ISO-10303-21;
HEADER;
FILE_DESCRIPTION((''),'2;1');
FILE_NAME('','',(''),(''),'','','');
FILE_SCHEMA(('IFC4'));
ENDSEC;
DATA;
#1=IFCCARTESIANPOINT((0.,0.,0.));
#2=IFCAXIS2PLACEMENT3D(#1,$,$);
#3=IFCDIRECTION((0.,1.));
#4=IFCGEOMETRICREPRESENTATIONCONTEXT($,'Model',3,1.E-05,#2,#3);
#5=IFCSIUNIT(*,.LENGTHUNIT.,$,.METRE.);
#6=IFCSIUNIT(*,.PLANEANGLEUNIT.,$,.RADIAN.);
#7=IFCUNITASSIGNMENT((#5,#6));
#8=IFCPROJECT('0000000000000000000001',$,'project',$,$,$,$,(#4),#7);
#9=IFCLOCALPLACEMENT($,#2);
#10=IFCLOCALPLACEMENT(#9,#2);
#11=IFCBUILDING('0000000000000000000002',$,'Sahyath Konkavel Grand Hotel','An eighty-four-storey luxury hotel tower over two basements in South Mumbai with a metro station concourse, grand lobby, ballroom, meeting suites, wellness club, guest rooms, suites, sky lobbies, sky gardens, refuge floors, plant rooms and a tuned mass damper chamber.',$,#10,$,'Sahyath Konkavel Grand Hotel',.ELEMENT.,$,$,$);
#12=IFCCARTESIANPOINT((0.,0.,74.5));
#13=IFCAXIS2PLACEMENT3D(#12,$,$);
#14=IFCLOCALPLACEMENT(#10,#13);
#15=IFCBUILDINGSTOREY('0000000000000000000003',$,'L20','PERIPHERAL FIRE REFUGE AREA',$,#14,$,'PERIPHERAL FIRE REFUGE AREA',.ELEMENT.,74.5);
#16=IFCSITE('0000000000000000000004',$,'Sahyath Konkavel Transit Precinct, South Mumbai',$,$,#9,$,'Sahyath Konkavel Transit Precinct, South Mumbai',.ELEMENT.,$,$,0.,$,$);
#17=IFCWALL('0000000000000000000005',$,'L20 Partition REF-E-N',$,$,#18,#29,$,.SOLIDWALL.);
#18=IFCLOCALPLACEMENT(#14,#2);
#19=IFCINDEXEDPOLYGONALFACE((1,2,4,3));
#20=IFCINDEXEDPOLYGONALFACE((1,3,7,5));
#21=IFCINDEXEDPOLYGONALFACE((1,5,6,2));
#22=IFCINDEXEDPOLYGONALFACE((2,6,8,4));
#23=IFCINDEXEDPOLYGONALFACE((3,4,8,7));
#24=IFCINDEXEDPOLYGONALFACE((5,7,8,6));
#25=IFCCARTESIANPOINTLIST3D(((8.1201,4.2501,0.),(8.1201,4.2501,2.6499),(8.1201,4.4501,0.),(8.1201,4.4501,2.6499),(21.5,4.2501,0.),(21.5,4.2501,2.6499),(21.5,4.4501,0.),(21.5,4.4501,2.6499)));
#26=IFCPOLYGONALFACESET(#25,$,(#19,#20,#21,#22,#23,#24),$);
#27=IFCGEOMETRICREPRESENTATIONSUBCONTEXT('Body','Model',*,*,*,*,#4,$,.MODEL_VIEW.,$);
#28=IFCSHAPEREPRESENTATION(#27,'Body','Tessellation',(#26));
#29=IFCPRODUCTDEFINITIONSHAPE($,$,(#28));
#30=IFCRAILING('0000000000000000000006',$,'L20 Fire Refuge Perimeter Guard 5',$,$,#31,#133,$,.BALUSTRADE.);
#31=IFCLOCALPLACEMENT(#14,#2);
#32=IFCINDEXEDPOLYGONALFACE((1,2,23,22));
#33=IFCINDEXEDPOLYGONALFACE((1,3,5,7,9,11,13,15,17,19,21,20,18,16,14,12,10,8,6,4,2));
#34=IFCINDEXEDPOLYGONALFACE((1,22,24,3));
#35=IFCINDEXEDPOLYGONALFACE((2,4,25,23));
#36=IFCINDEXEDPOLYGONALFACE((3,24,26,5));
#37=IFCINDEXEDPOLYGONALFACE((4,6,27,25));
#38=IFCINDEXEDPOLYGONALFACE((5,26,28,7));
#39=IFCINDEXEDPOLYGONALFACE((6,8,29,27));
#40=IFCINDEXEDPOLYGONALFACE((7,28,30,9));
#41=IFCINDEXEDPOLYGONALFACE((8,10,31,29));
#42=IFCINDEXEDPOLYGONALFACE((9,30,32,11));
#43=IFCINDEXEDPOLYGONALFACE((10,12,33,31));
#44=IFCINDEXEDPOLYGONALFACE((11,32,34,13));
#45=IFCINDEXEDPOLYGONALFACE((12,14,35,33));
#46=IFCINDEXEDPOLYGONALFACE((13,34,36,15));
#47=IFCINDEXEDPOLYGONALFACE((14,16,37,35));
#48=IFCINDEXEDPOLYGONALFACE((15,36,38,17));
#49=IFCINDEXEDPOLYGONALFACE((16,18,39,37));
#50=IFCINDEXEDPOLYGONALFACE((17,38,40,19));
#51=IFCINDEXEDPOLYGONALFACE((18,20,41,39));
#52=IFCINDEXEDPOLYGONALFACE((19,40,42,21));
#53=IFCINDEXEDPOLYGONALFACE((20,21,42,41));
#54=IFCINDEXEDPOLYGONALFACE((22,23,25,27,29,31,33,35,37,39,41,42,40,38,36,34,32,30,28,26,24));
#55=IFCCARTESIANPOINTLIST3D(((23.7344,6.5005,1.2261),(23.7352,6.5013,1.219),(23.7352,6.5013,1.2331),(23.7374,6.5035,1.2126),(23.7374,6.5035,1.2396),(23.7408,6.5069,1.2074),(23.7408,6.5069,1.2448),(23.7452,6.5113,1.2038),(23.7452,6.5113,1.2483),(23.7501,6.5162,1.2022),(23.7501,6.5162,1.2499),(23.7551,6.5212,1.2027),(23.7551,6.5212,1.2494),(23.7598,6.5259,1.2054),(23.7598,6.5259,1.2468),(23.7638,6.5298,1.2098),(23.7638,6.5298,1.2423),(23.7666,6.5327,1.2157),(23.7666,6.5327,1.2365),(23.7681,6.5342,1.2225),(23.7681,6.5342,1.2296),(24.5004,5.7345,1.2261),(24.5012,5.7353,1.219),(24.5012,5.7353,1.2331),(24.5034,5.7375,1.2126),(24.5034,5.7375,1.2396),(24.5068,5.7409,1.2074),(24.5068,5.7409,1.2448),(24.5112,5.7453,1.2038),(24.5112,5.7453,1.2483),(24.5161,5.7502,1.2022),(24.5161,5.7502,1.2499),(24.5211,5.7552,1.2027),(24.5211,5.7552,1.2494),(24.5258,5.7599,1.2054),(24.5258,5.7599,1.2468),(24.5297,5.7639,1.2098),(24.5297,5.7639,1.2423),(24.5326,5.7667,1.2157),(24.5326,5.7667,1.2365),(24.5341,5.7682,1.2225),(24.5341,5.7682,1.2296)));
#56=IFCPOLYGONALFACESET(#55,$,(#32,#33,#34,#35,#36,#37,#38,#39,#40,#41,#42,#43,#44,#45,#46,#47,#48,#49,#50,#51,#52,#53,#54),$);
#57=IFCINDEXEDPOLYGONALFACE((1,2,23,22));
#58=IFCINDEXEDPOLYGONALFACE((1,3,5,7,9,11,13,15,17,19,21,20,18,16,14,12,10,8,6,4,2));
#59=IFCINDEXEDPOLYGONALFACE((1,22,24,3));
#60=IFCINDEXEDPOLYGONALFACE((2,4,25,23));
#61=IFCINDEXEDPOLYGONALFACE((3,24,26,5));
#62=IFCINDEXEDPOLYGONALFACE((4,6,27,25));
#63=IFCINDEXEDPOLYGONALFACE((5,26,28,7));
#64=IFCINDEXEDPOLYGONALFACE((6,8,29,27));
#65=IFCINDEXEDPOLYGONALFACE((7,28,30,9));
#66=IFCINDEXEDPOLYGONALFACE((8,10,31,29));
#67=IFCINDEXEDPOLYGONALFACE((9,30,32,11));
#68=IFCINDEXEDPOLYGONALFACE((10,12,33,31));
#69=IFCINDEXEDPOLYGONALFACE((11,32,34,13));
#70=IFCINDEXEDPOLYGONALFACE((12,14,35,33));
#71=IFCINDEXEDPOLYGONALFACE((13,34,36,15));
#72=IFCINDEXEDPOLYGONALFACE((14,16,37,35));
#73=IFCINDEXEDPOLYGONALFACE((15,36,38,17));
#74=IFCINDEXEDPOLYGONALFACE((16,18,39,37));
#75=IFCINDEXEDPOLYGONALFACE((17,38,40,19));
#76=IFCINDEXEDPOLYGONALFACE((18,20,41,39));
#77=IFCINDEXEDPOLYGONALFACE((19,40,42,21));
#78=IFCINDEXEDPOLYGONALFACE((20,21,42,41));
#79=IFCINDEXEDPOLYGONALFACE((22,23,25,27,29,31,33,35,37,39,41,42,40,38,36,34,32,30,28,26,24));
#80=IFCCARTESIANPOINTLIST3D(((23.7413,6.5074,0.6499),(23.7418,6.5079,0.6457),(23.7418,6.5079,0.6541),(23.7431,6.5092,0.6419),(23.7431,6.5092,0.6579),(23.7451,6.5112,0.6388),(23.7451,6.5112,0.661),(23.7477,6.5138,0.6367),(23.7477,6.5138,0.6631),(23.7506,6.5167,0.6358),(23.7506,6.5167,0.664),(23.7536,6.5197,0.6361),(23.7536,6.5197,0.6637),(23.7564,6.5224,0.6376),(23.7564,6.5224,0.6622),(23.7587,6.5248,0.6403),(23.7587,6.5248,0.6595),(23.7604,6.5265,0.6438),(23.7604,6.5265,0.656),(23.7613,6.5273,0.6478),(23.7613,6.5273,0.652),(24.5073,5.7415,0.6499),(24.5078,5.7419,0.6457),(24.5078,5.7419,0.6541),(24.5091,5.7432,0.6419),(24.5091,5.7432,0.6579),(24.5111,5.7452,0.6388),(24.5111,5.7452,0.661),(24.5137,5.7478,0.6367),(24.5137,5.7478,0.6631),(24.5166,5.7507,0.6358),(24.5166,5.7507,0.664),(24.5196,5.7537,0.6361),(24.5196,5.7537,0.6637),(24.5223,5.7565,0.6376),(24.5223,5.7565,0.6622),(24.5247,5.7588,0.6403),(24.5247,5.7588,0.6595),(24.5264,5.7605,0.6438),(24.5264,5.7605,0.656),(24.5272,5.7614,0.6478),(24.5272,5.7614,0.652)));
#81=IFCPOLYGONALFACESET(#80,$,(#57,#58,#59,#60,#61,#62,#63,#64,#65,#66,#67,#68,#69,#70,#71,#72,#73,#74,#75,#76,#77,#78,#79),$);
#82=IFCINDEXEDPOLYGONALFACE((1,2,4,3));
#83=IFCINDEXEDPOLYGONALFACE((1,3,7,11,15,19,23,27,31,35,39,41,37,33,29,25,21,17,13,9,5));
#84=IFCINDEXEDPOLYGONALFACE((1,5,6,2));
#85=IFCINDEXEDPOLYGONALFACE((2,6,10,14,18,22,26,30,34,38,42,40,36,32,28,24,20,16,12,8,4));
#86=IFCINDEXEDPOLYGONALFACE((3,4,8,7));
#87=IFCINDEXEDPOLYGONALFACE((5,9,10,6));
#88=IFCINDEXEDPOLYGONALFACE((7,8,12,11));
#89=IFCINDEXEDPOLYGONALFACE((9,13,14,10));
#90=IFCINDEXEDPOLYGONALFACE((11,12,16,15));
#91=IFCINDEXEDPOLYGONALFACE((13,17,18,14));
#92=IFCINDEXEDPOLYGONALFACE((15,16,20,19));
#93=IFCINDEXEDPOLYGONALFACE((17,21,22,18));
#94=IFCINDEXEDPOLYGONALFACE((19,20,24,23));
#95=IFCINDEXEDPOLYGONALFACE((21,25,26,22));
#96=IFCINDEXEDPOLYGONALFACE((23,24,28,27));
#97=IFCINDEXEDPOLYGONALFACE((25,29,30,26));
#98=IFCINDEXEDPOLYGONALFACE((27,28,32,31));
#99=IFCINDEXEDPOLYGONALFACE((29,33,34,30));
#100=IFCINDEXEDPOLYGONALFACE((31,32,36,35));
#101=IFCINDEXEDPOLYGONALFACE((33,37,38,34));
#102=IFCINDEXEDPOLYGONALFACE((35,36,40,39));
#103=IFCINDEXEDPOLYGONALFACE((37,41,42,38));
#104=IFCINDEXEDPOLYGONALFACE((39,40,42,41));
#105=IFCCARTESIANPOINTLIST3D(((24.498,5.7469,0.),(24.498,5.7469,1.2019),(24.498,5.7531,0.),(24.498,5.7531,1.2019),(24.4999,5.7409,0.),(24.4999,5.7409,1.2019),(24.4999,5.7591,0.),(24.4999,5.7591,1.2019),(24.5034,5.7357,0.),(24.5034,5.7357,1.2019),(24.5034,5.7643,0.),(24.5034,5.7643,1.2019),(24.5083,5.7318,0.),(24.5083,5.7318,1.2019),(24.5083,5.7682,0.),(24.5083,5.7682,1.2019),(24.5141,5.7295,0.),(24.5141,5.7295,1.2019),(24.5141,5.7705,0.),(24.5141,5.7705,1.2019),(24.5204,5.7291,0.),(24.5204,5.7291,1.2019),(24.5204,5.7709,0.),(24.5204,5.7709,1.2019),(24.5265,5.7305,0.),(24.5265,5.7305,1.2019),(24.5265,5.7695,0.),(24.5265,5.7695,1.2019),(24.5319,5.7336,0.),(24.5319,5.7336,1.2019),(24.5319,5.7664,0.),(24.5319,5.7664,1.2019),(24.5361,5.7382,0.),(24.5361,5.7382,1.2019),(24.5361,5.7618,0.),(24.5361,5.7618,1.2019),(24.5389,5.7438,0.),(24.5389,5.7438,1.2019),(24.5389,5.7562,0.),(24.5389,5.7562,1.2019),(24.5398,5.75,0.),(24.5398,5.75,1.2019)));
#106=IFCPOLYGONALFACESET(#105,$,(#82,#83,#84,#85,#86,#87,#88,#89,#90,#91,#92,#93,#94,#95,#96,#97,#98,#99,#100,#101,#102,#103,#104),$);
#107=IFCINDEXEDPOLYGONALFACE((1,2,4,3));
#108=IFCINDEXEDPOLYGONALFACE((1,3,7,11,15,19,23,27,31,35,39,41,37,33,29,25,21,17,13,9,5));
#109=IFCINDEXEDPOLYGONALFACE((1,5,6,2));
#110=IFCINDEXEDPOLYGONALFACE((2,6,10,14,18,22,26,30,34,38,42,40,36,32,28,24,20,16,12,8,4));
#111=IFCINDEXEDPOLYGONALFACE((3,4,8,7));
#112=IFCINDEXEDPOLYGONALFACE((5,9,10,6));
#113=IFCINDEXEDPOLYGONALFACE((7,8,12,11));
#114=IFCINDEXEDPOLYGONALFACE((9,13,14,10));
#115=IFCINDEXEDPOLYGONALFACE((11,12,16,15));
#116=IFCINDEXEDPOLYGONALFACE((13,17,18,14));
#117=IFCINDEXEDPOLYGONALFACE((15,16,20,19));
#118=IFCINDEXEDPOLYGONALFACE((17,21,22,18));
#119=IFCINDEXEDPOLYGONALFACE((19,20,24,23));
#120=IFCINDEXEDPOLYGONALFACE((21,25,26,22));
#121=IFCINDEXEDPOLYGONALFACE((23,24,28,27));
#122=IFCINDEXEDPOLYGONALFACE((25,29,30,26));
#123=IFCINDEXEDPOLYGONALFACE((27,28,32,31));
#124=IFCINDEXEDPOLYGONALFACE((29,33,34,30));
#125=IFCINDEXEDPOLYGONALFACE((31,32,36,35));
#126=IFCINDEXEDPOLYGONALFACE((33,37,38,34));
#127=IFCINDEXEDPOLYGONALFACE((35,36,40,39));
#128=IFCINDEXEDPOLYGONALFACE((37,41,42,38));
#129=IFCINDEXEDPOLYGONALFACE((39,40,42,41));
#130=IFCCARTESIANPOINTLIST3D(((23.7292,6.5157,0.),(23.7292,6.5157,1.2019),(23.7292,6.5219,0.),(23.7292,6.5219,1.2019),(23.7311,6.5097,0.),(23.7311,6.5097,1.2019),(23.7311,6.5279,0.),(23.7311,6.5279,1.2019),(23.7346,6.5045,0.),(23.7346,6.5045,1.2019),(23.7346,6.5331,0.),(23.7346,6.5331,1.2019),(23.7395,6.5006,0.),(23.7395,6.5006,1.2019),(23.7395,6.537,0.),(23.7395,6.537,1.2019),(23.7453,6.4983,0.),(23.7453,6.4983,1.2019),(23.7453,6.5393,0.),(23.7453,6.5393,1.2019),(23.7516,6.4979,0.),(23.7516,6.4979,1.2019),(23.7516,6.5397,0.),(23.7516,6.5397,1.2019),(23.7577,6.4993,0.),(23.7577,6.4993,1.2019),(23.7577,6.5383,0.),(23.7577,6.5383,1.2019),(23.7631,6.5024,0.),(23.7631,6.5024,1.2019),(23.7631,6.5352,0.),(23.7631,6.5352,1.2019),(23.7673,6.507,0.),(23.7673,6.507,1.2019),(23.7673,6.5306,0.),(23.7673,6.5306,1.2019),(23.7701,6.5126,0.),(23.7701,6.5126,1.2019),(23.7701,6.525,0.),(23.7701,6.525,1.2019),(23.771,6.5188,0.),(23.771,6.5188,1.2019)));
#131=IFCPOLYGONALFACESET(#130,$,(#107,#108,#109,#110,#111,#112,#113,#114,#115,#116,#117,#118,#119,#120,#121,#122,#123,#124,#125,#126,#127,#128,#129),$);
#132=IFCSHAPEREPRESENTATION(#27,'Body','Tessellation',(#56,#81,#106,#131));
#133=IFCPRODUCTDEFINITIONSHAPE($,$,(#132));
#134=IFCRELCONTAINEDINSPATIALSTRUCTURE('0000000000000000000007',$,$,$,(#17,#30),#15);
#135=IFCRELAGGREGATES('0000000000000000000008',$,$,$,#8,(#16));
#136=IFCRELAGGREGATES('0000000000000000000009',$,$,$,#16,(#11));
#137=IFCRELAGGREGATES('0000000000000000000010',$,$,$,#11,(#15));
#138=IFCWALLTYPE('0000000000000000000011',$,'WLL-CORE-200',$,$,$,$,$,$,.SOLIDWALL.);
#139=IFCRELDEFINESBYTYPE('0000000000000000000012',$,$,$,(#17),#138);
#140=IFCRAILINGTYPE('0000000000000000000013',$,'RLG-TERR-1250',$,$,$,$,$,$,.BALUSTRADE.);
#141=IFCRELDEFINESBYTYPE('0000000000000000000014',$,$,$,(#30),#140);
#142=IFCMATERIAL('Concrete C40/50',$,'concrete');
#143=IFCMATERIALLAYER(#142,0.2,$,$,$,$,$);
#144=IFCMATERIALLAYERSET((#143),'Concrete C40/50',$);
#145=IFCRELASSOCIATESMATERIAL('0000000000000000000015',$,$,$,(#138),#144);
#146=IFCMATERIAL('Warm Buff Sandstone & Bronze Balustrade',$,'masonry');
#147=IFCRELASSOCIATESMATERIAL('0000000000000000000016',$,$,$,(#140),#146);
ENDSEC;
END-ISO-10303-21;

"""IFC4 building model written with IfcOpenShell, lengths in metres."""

from ifc_helpers import new_model, si_unit, direction, frame, frame_2d, origin, origin_2d, place, context, subcontext, project, spatial, rectangle, circle, extrude, material, layer, layer_set, type_object, element, save


model = new_model("IFC4")

# Units and contexts
model_context = context("Model", 3, precision=1e-05, world=origin(), true_north=direction((0.0, 1.0)))
body_context = subcontext(model_context, "Body", "Model", "MODEL_VIEW")
ifc_project = project(units=[si_unit("LENGTHUNIT", "METRE"), si_unit("PLANEANGLEUNIT", "RADIAN")], contexts=[model_context])

# Site, building, storey
site_placement = place(None, origin())
site = spatial("IfcSite", under=ifc_project, at=site_placement, Name="Sahyath Konkavel Transit Precinct, South Mumbai", LongName="Sahyath Konkavel Transit Precinct, South Mumbai", CompositionType="ELEMENT", RefElevation=0.0)
building_placement = place(site_placement, origin())
building = spatial("IfcBuilding", under=site, at=building_placement, Name="Sahyath Konkavel Grand Hotel", Description="An eighty-four-storey luxury hotel tower over two basements in South Mumbai with a metro station concourse, grand lobby, ballroom, meeting suites, wellness club, guest rooms, suites, sky lobbies, sky gardens, refuge floors, plant rooms and a tuned mass damper chamber.", LongName="Sahyath Konkavel Grand Hotel", CompositionType="ELEMENT")
storey_placement = place(building_placement, frame((0.0, 0.0, 74.5)))
storey = spatial("IfcBuildingStorey", under=building, at=storey_placement, Name="L20", Description="PERIPHERAL FIRE REFUGE AREA", LongName="PERIPHERAL FIRE REFUGE AREA", CompositionType="ELEMENT", Elevation=74.5)

# Wall
ifc_material_1 = material(Name="Concrete C40/50", Category="concrete")
ifc_layer = layer(ifc_material_1, 0.2)
ifc_layer_set = layer_set([ifc_layer], Name="Concrete C40/50")
wall_type = type_object("IfcWallType", Name="WLL-CORE-200", PredefinedType="SOLIDWALL", material=ifc_layer_set)
wall_placement = place(storey_placement, frame((8.1201, 4.3501, 0.0), z_axis=(0.0, 0.0, 1.0), x_axis=(1.0, 0.0, 0.0)))
element("IfcWall", 1, at=wall_placement, inside=storey, type_object=wall_type, Name="L20 Partition REF-E-N", PredefinedType="SOLIDWALL", context=body_context, shape_type="SweptSolid", body=[
    extrude(rectangle(XDim=13.3799, YDim=0.2, at=frame_2d((6.6899, 0.0))), origin(), (0.0, 0.0, 1.0), 2.6499),
])

# Railing
ifc_material_2 = material(Name="Warm Buff Sandstone & Bronze Balustrade", Category="masonry")
railing_type = type_object("IfcRailingType", Name="RLG-TERR-1250", PredefinedType="BALUSTRADE", material=ifc_material_2)
railing_1_placement = place(storey_placement, frame((24.5188, 5.75, 0.0)))
element("IfcRailing", 2, at=railing_1_placement, inside=storey, type_object=railing_type, Name="L20 Fire Refuge Perimeter Guard 5", PredefinedType="BALUSTRADE", context=body_context, shape_type="SweptSolid", body=[
    extrude(circle(Radius=0.0239, at=origin_2d()), frame((-0.0015, 0.0015, 1.2261), z_axis=(-0.707107, 0.707107, 0.0), x_axis=(-0.707107, -0.707107, 0.0)), (0.0, 0.0, 1.0), 1.0833),
    extrude(circle(Radius=0.0142, at=origin_2d()), frame((-0.0015, 0.0015, 0.6499), z_axis=(-0.707107, 0.707107, 0.0), x_axis=(-0.707107, -0.707107, 0.0)), (0.0, 0.0, 1.0), 1.0833),
    extrude(circle(Radius=0.021, at=origin_2d()), origin(), (0.0, 0.0, 1.0), 1.2019),
    extrude(circle(Radius=0.021, at=origin_2d()), frame((-0.7688, 0.7688, 0.0)), (0.0, 0.0, 1.0), 1.2019),
])

save(model, "model.ifc")
